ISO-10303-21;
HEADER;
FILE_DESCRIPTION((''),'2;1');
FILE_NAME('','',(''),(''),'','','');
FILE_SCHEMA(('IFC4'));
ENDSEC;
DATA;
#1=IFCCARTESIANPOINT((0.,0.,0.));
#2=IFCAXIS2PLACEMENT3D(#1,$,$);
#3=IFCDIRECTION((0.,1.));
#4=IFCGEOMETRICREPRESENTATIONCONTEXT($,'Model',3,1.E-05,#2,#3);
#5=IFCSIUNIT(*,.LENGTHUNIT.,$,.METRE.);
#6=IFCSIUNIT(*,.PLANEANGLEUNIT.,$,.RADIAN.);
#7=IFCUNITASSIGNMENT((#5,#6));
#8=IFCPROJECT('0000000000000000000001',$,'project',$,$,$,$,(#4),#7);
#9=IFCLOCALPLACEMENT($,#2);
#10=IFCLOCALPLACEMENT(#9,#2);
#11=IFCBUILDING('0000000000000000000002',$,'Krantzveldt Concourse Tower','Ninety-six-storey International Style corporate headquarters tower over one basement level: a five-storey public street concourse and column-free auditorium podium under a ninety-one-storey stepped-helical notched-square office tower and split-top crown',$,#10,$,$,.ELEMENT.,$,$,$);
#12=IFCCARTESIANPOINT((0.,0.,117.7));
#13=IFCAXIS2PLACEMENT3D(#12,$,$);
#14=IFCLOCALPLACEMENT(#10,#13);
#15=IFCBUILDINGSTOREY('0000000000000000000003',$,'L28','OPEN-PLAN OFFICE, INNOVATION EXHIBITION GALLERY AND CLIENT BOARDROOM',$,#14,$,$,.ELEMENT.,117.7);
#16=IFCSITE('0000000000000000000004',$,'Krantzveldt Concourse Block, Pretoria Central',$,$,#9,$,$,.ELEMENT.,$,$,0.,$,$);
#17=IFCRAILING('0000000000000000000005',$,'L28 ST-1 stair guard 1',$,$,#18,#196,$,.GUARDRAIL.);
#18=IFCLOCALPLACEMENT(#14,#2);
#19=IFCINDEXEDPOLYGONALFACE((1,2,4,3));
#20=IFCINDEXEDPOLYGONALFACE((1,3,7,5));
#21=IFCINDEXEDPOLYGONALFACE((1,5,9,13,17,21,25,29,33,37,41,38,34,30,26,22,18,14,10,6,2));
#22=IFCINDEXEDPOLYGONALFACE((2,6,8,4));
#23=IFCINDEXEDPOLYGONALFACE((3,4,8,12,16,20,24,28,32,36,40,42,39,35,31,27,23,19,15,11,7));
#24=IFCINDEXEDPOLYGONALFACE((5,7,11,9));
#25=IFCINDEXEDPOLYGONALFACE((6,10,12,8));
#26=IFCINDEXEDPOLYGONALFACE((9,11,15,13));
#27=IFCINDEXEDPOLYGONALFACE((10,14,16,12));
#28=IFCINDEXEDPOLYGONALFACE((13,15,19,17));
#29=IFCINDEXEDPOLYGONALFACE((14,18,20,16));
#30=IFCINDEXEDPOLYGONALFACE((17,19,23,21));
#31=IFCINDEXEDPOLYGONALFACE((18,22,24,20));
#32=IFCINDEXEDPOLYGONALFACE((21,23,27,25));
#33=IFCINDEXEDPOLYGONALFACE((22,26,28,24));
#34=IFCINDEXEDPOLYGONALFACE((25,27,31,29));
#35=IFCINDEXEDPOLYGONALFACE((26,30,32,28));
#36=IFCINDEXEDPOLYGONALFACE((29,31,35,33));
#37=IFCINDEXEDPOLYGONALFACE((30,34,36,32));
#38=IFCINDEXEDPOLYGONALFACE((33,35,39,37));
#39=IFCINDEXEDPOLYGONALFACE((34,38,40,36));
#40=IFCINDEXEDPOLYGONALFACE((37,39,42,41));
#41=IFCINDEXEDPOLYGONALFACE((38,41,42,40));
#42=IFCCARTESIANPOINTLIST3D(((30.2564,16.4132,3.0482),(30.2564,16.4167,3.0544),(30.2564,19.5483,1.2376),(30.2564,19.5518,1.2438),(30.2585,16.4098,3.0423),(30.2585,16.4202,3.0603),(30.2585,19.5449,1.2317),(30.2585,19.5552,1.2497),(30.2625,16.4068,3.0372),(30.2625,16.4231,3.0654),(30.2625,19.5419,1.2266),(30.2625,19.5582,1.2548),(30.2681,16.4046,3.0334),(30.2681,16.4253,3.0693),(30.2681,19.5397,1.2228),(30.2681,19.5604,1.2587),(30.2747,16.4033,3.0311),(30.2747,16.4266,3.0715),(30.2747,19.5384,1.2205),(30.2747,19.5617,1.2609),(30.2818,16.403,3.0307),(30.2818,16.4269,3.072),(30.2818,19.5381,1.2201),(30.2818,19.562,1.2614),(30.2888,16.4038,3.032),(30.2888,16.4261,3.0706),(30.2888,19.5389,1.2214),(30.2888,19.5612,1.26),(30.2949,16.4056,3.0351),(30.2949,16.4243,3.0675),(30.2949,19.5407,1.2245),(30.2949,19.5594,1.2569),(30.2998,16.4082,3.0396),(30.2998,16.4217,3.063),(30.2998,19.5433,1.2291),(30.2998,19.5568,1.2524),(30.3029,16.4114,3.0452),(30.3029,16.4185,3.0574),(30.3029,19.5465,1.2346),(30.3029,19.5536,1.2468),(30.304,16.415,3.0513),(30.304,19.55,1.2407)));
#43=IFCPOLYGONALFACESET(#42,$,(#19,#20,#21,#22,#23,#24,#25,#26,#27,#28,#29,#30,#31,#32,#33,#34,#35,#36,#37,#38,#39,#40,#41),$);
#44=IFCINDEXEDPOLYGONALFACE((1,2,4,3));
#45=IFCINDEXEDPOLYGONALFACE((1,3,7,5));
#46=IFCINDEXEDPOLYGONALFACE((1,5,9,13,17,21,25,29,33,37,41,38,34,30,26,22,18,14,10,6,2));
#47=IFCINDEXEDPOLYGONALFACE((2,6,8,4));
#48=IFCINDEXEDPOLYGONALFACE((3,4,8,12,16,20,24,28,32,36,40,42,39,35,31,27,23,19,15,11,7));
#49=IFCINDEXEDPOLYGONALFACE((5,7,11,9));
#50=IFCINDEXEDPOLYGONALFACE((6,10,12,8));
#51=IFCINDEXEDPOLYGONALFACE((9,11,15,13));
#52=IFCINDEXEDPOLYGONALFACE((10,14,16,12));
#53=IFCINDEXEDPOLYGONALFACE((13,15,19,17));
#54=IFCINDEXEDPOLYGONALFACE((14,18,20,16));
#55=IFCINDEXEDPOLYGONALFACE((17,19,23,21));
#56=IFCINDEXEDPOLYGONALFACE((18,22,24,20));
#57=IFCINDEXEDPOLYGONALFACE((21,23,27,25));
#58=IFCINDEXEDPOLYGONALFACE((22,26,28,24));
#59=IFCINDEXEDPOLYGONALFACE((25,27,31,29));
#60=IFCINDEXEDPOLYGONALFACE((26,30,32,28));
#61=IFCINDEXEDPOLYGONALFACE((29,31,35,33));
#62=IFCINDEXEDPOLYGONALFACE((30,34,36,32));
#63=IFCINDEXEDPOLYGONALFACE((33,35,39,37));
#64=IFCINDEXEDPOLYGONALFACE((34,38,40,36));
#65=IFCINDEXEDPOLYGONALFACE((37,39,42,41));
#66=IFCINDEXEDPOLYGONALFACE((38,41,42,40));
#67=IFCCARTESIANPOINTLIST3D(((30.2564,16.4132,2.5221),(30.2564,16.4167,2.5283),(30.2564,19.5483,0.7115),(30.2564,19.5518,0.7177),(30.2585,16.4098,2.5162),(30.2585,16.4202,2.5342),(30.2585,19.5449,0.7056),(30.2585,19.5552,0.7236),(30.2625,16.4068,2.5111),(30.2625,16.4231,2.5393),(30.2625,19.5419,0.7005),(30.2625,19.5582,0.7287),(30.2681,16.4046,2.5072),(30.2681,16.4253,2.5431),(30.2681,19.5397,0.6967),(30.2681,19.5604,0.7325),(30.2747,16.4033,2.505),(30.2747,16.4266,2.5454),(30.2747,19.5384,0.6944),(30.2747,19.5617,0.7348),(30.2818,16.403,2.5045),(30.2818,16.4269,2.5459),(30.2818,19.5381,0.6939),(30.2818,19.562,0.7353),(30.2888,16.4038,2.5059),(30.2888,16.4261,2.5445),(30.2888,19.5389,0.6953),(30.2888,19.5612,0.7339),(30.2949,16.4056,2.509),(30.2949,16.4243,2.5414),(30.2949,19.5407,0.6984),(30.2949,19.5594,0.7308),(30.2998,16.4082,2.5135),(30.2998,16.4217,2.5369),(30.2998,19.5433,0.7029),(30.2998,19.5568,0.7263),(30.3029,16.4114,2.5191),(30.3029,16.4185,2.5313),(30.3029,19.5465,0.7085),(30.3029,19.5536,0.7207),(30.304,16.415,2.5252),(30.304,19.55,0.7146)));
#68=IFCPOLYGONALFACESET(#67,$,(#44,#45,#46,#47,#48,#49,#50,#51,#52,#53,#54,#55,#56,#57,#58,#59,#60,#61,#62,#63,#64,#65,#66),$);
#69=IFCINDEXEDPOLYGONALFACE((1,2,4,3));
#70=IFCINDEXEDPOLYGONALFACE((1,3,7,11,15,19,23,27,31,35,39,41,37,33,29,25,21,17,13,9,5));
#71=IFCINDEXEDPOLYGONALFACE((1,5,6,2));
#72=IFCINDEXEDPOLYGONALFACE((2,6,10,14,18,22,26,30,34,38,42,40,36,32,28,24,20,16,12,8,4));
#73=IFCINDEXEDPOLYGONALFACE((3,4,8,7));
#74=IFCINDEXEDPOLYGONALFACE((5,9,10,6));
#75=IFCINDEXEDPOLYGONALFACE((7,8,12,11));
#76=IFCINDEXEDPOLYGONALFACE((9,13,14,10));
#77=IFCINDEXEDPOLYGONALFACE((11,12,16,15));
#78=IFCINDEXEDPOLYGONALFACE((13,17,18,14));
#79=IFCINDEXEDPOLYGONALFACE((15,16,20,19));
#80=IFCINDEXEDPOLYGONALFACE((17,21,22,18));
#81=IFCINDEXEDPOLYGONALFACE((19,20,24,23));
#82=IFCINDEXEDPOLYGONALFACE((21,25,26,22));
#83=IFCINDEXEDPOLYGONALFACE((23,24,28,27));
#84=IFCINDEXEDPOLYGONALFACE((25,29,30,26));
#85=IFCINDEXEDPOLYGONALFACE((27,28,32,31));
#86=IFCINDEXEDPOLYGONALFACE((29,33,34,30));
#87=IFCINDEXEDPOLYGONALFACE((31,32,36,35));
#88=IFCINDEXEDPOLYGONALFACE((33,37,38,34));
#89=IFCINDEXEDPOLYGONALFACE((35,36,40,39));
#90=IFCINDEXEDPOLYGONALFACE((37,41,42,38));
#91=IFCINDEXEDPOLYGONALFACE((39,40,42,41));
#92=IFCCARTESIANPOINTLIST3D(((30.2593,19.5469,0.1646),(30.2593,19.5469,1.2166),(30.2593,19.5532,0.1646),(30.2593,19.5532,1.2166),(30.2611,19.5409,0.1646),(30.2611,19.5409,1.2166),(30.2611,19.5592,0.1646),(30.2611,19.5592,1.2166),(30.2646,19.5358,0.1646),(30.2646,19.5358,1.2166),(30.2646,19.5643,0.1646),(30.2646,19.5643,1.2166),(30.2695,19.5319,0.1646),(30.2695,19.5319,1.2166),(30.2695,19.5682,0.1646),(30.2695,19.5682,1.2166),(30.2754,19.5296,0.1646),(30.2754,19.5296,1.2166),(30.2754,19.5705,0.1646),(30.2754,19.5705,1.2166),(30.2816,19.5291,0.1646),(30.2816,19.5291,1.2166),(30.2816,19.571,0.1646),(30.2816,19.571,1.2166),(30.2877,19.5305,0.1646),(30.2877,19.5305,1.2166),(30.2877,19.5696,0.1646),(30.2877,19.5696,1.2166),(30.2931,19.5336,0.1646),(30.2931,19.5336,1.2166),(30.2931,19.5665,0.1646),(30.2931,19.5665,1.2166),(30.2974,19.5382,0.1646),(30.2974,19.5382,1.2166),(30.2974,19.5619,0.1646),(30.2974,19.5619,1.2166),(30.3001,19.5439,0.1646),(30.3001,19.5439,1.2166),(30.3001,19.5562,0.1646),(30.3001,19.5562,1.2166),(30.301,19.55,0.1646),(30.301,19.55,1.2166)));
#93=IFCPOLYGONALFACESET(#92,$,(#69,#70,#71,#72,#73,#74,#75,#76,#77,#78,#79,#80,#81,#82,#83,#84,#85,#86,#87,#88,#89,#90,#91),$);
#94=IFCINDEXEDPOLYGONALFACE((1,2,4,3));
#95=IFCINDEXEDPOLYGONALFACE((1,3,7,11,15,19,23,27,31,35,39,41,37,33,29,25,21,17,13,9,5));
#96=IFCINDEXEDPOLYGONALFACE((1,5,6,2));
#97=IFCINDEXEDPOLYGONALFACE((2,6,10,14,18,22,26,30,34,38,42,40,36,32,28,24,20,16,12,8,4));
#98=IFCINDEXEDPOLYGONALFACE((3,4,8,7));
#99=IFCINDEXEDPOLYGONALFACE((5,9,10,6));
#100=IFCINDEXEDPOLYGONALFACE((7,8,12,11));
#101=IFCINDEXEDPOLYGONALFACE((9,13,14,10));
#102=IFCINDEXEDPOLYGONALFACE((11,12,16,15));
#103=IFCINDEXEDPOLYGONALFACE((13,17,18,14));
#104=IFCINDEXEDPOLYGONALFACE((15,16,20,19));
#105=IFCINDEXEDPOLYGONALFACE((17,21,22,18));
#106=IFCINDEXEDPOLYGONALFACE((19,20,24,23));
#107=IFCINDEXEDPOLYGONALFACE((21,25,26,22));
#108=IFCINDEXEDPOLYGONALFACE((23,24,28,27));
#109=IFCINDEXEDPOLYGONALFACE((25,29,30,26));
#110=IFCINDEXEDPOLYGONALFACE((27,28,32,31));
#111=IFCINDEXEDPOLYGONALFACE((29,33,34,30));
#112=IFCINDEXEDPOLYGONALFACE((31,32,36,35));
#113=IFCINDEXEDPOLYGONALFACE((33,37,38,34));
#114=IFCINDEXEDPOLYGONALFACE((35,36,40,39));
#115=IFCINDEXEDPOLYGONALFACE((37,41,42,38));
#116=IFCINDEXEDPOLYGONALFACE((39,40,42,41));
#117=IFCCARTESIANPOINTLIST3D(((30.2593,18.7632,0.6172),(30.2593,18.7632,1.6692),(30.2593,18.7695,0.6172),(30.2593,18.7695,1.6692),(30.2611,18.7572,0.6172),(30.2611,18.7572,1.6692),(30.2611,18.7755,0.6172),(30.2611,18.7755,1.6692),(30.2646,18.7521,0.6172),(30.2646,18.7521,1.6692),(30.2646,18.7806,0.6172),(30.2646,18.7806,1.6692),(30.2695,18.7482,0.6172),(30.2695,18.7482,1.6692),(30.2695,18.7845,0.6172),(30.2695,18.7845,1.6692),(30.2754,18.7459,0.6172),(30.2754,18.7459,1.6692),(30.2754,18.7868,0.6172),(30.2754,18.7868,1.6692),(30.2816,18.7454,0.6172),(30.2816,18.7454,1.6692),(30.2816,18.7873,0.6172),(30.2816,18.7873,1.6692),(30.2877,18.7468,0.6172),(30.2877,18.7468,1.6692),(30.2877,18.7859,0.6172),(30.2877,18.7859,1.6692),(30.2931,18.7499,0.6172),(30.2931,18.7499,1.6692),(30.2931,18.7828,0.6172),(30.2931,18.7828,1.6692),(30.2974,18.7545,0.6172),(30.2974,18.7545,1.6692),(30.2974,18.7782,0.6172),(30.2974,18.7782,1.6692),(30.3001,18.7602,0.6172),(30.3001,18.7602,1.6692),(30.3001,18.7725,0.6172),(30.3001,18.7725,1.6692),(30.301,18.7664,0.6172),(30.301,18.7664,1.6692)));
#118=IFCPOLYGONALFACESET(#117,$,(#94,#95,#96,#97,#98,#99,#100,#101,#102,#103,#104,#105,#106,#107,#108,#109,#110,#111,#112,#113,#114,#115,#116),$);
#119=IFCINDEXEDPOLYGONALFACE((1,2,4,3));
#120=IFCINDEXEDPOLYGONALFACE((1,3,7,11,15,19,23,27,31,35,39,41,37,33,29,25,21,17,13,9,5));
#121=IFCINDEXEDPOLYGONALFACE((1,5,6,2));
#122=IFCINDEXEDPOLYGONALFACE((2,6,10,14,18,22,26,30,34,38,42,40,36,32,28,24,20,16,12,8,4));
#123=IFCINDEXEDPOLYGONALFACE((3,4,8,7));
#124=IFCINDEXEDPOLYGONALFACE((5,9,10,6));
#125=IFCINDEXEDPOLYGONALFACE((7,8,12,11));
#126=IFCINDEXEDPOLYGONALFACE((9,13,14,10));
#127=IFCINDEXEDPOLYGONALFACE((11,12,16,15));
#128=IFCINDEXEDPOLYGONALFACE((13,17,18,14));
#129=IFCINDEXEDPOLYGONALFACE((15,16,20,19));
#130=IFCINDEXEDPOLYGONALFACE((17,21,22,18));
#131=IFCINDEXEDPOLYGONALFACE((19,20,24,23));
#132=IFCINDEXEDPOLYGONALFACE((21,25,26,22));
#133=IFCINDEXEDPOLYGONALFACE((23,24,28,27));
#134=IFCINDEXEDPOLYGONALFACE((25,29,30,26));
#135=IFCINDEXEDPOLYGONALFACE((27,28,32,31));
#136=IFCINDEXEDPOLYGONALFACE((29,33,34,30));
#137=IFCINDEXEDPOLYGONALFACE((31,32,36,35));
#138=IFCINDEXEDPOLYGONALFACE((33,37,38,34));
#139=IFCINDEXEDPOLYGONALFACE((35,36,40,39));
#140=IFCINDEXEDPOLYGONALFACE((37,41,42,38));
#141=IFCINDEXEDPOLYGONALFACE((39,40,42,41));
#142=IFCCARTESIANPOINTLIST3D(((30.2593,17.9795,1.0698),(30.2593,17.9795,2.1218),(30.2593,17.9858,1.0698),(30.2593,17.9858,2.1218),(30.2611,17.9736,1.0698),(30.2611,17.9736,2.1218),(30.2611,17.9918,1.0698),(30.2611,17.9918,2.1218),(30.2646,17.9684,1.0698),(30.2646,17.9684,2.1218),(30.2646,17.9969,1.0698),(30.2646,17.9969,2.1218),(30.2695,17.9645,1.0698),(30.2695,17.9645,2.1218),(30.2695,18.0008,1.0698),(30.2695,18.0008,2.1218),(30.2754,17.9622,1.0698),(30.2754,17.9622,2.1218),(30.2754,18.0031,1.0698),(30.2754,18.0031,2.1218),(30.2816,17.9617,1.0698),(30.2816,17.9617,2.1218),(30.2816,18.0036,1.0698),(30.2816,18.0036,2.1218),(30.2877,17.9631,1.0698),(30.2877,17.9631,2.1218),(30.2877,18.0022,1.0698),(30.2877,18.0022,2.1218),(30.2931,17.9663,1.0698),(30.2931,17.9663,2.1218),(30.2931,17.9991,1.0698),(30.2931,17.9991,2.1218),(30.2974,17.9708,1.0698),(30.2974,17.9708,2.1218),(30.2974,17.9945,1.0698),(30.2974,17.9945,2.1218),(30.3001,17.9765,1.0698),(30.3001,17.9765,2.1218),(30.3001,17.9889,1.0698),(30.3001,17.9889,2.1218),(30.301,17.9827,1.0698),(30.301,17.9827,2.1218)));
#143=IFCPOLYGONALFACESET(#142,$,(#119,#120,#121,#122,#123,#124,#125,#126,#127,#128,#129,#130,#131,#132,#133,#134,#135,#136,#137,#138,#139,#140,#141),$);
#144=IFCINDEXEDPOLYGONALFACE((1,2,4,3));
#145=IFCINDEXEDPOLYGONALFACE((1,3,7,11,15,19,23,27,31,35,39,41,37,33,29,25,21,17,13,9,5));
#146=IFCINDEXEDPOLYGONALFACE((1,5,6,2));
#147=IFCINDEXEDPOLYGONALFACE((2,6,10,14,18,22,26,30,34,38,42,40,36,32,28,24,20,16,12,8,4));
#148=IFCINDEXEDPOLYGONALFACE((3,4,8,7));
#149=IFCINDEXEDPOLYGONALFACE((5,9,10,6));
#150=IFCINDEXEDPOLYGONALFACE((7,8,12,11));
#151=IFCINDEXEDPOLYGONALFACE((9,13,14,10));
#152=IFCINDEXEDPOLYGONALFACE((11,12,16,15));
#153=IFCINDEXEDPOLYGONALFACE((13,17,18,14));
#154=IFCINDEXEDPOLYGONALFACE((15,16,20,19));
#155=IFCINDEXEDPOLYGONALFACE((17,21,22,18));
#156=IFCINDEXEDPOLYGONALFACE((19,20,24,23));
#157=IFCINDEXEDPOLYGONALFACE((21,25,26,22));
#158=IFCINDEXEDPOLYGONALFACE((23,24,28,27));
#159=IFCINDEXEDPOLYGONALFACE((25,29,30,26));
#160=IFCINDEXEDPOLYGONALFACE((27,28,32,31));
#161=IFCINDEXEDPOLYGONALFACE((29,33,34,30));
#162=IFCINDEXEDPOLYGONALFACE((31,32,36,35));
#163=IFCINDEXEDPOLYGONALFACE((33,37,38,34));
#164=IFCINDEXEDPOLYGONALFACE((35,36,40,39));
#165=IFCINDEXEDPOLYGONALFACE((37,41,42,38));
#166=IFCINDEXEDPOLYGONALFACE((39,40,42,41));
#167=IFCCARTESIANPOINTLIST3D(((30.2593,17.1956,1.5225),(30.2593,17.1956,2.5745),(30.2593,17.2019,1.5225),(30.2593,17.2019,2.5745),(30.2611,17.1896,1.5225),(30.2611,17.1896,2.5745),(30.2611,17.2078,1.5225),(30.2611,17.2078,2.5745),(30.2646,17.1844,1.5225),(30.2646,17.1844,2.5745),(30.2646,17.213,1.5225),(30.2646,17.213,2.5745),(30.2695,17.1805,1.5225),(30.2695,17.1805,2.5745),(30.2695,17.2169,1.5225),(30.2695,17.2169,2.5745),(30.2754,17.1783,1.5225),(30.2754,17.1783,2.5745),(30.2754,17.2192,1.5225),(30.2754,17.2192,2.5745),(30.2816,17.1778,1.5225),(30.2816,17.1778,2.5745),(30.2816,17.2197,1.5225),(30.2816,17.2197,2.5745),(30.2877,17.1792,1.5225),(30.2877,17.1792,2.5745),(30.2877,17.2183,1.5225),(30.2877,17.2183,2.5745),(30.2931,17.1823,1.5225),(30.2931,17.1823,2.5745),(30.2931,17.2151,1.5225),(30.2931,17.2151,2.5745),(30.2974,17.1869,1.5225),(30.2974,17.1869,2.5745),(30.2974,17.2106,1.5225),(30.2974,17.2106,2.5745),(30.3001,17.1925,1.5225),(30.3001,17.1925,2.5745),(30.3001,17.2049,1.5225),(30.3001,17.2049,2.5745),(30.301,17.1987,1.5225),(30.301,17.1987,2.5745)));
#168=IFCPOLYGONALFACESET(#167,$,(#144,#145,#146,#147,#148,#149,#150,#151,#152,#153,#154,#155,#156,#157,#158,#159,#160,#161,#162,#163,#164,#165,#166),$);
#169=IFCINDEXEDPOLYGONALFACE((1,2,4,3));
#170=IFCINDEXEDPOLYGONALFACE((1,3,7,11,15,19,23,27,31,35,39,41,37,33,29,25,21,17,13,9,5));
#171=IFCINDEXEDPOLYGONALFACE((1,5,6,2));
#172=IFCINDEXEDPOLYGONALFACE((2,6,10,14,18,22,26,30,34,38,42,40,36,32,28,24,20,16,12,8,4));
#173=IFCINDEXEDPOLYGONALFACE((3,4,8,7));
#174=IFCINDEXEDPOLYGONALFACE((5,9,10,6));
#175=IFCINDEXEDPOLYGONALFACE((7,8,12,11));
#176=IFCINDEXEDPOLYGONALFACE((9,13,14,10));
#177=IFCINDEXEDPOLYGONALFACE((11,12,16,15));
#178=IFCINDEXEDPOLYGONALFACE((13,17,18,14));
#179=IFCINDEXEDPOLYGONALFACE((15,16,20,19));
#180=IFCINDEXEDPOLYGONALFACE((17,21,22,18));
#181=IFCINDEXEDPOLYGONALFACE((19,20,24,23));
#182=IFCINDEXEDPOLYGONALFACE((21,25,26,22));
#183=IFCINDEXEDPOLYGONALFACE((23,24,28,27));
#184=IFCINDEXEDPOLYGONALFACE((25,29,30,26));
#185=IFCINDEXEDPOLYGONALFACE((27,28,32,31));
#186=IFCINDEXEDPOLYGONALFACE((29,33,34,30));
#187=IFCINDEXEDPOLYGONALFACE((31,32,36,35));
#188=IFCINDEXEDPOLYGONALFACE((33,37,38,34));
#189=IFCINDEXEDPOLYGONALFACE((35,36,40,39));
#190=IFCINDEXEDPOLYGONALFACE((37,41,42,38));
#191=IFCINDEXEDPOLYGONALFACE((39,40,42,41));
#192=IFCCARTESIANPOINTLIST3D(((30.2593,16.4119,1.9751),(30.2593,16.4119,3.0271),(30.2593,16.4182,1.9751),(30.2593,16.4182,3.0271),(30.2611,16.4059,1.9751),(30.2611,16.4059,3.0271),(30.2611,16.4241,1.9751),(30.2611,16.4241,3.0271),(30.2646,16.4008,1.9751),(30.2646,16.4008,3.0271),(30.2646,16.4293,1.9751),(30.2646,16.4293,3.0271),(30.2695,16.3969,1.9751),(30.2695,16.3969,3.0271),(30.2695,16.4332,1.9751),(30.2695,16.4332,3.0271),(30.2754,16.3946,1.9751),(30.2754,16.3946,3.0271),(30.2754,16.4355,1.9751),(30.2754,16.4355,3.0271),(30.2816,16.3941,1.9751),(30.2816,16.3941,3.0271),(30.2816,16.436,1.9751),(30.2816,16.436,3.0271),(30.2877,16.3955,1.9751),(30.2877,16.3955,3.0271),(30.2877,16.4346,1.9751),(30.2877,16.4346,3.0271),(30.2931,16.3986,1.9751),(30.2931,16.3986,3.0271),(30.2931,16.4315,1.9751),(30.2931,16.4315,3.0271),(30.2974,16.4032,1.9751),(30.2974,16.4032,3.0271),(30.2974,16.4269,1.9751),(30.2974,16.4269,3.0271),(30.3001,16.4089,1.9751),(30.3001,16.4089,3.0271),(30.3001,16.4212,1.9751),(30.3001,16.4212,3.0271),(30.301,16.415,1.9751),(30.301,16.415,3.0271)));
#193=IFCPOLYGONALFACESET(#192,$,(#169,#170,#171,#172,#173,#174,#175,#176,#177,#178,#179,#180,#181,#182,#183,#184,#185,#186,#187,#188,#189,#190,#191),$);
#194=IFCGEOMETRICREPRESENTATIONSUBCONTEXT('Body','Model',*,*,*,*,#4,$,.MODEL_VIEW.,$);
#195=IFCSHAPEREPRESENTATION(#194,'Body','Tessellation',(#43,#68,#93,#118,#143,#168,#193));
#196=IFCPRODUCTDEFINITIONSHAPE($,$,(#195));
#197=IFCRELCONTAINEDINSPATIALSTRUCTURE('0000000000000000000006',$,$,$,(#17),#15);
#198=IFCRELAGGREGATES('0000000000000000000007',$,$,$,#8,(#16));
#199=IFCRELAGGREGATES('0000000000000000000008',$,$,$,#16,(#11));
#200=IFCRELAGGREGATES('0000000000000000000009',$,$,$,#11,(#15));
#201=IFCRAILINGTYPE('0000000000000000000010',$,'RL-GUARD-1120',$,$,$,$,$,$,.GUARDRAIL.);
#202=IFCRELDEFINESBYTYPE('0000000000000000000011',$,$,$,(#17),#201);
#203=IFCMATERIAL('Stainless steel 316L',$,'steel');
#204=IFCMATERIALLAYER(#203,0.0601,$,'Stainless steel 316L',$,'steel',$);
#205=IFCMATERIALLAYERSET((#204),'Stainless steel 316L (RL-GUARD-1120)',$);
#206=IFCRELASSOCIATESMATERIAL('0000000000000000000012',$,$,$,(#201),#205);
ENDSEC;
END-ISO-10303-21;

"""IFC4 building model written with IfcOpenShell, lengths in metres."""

from ifc_helpers import new_model, si_unit, direction, frame, origin, origin_2d, place, context, subcontext, project, spatial, circle, extrude, material, layer, layer_set, type_object, element, save


model = new_model("IFC4")

# Units and contexts
model_context = context("Model", 3, precision=1e-05, world=origin(), true_north=direction((0.0, 1.0)))
body_context = subcontext(model_context, "Body", "Model", "MODEL_VIEW")
ifc_project = project(units=[si_unit("LENGTHUNIT", "METRE"), si_unit("PLANEANGLEUNIT", "RADIAN")], contexts=[model_context])

# Site, building, storey
site_placement = place(None, origin())
site = spatial("IfcSite", under=ifc_project, at=site_placement, Name="Krantzveldt Concourse Block, Pretoria Central", CompositionType="ELEMENT", RefElevation=0.0)
building_placement = place(site_placement, origin())
building = spatial("IfcBuilding", under=site, at=building_placement, Name="Krantzveldt Concourse Tower", Description="Ninety-six-storey International Style corporate headquarters tower over one basement level: a five-storey public street concourse and column-free auditorium podium under a ninety-one-storey stepped-helical notched-square office tower and split-top crown", CompositionType="ELEMENT")
storey_placement = place(building_placement, frame((0.0, 0.0, 117.7)))
storey = spatial("IfcBuildingStorey", under=building, at=storey_placement, Name="L28", Description="OPEN-PLAN OFFICE, INNOVATION EXHIBITION GALLERY AND CLIENT BOARDROOM", CompositionType="ELEMENT", Elevation=117.7)

# Shared definitions
ifc_material_1 = material(Name="Stainless steel 316L", Category="steel")

# Railing
ifc_layer_1 = layer(ifc_material_1, 0.0601, Name="Stainless steel 316L", Category="steel")
ifc_layer_set_1 = layer_set([ifc_layer_1], Name="Stainless steel 316L (RL-GUARD-1120)")
railing_type_1 = type_object("IfcRailingType", Name="RL-GUARD-1120", PredefinedType="GUARDRAIL", material=ifc_layer_set_1)
railing_1_placement = place(storey_placement, frame((30.28, 19.55, 0.1646)))
element("IfcRailing", 1, at=railing_1_placement, inside=storey, type_object=railing_type_1, Name="L28 ST-1 stair guard 1", PredefinedType="GUARDRAIL", context=body_context, shape_type="SweptSolid", body=[
    extrude(circle(Radius=0.0239, at=origin_2d()), frame((0.0, 0.0, 1.0762), z_axis=(0.0, -0.86596, 0.500114), x_axis=(1.0, 0.0, 0.0)), (0.0, 0.0, 1.0), 3.6204),
    extrude(circle(Radius=0.0239, at=origin_2d()), frame((0.0, 0.0, 0.55), z_axis=(0.0, -0.86596, 0.500114), x_axis=(1.0, 0.0, 0.0)), (0.0, 0.0, 1.0), 3.6204),
    extrude(circle(Radius=0.021, at=origin_2d()), origin(), (0.0, 0.0, 1.0), 1.052),
    extrude(circle(Radius=0.021, at=origin_2d()), frame((0.0, -0.7837, 0.4526)), (0.0, 0.0, 1.0), 1.052),
    extrude(circle(Radius=0.021, at=origin_2d()), frame((0.0, -1.5674, 0.9053)), (0.0, 0.0, 1.0), 1.052),
    extrude(circle(Radius=0.021, at=origin_2d()), frame((0.0, -2.3513, 1.3579)), (0.0, 0.0, 1.0), 1.052),
    extrude(circle(Radius=0.021, at=origin_2d()), frame((0.0, -3.135, 1.8105)), (0.0, 0.0, 1.0), 1.052),
])

save(model, "model.ifc")
